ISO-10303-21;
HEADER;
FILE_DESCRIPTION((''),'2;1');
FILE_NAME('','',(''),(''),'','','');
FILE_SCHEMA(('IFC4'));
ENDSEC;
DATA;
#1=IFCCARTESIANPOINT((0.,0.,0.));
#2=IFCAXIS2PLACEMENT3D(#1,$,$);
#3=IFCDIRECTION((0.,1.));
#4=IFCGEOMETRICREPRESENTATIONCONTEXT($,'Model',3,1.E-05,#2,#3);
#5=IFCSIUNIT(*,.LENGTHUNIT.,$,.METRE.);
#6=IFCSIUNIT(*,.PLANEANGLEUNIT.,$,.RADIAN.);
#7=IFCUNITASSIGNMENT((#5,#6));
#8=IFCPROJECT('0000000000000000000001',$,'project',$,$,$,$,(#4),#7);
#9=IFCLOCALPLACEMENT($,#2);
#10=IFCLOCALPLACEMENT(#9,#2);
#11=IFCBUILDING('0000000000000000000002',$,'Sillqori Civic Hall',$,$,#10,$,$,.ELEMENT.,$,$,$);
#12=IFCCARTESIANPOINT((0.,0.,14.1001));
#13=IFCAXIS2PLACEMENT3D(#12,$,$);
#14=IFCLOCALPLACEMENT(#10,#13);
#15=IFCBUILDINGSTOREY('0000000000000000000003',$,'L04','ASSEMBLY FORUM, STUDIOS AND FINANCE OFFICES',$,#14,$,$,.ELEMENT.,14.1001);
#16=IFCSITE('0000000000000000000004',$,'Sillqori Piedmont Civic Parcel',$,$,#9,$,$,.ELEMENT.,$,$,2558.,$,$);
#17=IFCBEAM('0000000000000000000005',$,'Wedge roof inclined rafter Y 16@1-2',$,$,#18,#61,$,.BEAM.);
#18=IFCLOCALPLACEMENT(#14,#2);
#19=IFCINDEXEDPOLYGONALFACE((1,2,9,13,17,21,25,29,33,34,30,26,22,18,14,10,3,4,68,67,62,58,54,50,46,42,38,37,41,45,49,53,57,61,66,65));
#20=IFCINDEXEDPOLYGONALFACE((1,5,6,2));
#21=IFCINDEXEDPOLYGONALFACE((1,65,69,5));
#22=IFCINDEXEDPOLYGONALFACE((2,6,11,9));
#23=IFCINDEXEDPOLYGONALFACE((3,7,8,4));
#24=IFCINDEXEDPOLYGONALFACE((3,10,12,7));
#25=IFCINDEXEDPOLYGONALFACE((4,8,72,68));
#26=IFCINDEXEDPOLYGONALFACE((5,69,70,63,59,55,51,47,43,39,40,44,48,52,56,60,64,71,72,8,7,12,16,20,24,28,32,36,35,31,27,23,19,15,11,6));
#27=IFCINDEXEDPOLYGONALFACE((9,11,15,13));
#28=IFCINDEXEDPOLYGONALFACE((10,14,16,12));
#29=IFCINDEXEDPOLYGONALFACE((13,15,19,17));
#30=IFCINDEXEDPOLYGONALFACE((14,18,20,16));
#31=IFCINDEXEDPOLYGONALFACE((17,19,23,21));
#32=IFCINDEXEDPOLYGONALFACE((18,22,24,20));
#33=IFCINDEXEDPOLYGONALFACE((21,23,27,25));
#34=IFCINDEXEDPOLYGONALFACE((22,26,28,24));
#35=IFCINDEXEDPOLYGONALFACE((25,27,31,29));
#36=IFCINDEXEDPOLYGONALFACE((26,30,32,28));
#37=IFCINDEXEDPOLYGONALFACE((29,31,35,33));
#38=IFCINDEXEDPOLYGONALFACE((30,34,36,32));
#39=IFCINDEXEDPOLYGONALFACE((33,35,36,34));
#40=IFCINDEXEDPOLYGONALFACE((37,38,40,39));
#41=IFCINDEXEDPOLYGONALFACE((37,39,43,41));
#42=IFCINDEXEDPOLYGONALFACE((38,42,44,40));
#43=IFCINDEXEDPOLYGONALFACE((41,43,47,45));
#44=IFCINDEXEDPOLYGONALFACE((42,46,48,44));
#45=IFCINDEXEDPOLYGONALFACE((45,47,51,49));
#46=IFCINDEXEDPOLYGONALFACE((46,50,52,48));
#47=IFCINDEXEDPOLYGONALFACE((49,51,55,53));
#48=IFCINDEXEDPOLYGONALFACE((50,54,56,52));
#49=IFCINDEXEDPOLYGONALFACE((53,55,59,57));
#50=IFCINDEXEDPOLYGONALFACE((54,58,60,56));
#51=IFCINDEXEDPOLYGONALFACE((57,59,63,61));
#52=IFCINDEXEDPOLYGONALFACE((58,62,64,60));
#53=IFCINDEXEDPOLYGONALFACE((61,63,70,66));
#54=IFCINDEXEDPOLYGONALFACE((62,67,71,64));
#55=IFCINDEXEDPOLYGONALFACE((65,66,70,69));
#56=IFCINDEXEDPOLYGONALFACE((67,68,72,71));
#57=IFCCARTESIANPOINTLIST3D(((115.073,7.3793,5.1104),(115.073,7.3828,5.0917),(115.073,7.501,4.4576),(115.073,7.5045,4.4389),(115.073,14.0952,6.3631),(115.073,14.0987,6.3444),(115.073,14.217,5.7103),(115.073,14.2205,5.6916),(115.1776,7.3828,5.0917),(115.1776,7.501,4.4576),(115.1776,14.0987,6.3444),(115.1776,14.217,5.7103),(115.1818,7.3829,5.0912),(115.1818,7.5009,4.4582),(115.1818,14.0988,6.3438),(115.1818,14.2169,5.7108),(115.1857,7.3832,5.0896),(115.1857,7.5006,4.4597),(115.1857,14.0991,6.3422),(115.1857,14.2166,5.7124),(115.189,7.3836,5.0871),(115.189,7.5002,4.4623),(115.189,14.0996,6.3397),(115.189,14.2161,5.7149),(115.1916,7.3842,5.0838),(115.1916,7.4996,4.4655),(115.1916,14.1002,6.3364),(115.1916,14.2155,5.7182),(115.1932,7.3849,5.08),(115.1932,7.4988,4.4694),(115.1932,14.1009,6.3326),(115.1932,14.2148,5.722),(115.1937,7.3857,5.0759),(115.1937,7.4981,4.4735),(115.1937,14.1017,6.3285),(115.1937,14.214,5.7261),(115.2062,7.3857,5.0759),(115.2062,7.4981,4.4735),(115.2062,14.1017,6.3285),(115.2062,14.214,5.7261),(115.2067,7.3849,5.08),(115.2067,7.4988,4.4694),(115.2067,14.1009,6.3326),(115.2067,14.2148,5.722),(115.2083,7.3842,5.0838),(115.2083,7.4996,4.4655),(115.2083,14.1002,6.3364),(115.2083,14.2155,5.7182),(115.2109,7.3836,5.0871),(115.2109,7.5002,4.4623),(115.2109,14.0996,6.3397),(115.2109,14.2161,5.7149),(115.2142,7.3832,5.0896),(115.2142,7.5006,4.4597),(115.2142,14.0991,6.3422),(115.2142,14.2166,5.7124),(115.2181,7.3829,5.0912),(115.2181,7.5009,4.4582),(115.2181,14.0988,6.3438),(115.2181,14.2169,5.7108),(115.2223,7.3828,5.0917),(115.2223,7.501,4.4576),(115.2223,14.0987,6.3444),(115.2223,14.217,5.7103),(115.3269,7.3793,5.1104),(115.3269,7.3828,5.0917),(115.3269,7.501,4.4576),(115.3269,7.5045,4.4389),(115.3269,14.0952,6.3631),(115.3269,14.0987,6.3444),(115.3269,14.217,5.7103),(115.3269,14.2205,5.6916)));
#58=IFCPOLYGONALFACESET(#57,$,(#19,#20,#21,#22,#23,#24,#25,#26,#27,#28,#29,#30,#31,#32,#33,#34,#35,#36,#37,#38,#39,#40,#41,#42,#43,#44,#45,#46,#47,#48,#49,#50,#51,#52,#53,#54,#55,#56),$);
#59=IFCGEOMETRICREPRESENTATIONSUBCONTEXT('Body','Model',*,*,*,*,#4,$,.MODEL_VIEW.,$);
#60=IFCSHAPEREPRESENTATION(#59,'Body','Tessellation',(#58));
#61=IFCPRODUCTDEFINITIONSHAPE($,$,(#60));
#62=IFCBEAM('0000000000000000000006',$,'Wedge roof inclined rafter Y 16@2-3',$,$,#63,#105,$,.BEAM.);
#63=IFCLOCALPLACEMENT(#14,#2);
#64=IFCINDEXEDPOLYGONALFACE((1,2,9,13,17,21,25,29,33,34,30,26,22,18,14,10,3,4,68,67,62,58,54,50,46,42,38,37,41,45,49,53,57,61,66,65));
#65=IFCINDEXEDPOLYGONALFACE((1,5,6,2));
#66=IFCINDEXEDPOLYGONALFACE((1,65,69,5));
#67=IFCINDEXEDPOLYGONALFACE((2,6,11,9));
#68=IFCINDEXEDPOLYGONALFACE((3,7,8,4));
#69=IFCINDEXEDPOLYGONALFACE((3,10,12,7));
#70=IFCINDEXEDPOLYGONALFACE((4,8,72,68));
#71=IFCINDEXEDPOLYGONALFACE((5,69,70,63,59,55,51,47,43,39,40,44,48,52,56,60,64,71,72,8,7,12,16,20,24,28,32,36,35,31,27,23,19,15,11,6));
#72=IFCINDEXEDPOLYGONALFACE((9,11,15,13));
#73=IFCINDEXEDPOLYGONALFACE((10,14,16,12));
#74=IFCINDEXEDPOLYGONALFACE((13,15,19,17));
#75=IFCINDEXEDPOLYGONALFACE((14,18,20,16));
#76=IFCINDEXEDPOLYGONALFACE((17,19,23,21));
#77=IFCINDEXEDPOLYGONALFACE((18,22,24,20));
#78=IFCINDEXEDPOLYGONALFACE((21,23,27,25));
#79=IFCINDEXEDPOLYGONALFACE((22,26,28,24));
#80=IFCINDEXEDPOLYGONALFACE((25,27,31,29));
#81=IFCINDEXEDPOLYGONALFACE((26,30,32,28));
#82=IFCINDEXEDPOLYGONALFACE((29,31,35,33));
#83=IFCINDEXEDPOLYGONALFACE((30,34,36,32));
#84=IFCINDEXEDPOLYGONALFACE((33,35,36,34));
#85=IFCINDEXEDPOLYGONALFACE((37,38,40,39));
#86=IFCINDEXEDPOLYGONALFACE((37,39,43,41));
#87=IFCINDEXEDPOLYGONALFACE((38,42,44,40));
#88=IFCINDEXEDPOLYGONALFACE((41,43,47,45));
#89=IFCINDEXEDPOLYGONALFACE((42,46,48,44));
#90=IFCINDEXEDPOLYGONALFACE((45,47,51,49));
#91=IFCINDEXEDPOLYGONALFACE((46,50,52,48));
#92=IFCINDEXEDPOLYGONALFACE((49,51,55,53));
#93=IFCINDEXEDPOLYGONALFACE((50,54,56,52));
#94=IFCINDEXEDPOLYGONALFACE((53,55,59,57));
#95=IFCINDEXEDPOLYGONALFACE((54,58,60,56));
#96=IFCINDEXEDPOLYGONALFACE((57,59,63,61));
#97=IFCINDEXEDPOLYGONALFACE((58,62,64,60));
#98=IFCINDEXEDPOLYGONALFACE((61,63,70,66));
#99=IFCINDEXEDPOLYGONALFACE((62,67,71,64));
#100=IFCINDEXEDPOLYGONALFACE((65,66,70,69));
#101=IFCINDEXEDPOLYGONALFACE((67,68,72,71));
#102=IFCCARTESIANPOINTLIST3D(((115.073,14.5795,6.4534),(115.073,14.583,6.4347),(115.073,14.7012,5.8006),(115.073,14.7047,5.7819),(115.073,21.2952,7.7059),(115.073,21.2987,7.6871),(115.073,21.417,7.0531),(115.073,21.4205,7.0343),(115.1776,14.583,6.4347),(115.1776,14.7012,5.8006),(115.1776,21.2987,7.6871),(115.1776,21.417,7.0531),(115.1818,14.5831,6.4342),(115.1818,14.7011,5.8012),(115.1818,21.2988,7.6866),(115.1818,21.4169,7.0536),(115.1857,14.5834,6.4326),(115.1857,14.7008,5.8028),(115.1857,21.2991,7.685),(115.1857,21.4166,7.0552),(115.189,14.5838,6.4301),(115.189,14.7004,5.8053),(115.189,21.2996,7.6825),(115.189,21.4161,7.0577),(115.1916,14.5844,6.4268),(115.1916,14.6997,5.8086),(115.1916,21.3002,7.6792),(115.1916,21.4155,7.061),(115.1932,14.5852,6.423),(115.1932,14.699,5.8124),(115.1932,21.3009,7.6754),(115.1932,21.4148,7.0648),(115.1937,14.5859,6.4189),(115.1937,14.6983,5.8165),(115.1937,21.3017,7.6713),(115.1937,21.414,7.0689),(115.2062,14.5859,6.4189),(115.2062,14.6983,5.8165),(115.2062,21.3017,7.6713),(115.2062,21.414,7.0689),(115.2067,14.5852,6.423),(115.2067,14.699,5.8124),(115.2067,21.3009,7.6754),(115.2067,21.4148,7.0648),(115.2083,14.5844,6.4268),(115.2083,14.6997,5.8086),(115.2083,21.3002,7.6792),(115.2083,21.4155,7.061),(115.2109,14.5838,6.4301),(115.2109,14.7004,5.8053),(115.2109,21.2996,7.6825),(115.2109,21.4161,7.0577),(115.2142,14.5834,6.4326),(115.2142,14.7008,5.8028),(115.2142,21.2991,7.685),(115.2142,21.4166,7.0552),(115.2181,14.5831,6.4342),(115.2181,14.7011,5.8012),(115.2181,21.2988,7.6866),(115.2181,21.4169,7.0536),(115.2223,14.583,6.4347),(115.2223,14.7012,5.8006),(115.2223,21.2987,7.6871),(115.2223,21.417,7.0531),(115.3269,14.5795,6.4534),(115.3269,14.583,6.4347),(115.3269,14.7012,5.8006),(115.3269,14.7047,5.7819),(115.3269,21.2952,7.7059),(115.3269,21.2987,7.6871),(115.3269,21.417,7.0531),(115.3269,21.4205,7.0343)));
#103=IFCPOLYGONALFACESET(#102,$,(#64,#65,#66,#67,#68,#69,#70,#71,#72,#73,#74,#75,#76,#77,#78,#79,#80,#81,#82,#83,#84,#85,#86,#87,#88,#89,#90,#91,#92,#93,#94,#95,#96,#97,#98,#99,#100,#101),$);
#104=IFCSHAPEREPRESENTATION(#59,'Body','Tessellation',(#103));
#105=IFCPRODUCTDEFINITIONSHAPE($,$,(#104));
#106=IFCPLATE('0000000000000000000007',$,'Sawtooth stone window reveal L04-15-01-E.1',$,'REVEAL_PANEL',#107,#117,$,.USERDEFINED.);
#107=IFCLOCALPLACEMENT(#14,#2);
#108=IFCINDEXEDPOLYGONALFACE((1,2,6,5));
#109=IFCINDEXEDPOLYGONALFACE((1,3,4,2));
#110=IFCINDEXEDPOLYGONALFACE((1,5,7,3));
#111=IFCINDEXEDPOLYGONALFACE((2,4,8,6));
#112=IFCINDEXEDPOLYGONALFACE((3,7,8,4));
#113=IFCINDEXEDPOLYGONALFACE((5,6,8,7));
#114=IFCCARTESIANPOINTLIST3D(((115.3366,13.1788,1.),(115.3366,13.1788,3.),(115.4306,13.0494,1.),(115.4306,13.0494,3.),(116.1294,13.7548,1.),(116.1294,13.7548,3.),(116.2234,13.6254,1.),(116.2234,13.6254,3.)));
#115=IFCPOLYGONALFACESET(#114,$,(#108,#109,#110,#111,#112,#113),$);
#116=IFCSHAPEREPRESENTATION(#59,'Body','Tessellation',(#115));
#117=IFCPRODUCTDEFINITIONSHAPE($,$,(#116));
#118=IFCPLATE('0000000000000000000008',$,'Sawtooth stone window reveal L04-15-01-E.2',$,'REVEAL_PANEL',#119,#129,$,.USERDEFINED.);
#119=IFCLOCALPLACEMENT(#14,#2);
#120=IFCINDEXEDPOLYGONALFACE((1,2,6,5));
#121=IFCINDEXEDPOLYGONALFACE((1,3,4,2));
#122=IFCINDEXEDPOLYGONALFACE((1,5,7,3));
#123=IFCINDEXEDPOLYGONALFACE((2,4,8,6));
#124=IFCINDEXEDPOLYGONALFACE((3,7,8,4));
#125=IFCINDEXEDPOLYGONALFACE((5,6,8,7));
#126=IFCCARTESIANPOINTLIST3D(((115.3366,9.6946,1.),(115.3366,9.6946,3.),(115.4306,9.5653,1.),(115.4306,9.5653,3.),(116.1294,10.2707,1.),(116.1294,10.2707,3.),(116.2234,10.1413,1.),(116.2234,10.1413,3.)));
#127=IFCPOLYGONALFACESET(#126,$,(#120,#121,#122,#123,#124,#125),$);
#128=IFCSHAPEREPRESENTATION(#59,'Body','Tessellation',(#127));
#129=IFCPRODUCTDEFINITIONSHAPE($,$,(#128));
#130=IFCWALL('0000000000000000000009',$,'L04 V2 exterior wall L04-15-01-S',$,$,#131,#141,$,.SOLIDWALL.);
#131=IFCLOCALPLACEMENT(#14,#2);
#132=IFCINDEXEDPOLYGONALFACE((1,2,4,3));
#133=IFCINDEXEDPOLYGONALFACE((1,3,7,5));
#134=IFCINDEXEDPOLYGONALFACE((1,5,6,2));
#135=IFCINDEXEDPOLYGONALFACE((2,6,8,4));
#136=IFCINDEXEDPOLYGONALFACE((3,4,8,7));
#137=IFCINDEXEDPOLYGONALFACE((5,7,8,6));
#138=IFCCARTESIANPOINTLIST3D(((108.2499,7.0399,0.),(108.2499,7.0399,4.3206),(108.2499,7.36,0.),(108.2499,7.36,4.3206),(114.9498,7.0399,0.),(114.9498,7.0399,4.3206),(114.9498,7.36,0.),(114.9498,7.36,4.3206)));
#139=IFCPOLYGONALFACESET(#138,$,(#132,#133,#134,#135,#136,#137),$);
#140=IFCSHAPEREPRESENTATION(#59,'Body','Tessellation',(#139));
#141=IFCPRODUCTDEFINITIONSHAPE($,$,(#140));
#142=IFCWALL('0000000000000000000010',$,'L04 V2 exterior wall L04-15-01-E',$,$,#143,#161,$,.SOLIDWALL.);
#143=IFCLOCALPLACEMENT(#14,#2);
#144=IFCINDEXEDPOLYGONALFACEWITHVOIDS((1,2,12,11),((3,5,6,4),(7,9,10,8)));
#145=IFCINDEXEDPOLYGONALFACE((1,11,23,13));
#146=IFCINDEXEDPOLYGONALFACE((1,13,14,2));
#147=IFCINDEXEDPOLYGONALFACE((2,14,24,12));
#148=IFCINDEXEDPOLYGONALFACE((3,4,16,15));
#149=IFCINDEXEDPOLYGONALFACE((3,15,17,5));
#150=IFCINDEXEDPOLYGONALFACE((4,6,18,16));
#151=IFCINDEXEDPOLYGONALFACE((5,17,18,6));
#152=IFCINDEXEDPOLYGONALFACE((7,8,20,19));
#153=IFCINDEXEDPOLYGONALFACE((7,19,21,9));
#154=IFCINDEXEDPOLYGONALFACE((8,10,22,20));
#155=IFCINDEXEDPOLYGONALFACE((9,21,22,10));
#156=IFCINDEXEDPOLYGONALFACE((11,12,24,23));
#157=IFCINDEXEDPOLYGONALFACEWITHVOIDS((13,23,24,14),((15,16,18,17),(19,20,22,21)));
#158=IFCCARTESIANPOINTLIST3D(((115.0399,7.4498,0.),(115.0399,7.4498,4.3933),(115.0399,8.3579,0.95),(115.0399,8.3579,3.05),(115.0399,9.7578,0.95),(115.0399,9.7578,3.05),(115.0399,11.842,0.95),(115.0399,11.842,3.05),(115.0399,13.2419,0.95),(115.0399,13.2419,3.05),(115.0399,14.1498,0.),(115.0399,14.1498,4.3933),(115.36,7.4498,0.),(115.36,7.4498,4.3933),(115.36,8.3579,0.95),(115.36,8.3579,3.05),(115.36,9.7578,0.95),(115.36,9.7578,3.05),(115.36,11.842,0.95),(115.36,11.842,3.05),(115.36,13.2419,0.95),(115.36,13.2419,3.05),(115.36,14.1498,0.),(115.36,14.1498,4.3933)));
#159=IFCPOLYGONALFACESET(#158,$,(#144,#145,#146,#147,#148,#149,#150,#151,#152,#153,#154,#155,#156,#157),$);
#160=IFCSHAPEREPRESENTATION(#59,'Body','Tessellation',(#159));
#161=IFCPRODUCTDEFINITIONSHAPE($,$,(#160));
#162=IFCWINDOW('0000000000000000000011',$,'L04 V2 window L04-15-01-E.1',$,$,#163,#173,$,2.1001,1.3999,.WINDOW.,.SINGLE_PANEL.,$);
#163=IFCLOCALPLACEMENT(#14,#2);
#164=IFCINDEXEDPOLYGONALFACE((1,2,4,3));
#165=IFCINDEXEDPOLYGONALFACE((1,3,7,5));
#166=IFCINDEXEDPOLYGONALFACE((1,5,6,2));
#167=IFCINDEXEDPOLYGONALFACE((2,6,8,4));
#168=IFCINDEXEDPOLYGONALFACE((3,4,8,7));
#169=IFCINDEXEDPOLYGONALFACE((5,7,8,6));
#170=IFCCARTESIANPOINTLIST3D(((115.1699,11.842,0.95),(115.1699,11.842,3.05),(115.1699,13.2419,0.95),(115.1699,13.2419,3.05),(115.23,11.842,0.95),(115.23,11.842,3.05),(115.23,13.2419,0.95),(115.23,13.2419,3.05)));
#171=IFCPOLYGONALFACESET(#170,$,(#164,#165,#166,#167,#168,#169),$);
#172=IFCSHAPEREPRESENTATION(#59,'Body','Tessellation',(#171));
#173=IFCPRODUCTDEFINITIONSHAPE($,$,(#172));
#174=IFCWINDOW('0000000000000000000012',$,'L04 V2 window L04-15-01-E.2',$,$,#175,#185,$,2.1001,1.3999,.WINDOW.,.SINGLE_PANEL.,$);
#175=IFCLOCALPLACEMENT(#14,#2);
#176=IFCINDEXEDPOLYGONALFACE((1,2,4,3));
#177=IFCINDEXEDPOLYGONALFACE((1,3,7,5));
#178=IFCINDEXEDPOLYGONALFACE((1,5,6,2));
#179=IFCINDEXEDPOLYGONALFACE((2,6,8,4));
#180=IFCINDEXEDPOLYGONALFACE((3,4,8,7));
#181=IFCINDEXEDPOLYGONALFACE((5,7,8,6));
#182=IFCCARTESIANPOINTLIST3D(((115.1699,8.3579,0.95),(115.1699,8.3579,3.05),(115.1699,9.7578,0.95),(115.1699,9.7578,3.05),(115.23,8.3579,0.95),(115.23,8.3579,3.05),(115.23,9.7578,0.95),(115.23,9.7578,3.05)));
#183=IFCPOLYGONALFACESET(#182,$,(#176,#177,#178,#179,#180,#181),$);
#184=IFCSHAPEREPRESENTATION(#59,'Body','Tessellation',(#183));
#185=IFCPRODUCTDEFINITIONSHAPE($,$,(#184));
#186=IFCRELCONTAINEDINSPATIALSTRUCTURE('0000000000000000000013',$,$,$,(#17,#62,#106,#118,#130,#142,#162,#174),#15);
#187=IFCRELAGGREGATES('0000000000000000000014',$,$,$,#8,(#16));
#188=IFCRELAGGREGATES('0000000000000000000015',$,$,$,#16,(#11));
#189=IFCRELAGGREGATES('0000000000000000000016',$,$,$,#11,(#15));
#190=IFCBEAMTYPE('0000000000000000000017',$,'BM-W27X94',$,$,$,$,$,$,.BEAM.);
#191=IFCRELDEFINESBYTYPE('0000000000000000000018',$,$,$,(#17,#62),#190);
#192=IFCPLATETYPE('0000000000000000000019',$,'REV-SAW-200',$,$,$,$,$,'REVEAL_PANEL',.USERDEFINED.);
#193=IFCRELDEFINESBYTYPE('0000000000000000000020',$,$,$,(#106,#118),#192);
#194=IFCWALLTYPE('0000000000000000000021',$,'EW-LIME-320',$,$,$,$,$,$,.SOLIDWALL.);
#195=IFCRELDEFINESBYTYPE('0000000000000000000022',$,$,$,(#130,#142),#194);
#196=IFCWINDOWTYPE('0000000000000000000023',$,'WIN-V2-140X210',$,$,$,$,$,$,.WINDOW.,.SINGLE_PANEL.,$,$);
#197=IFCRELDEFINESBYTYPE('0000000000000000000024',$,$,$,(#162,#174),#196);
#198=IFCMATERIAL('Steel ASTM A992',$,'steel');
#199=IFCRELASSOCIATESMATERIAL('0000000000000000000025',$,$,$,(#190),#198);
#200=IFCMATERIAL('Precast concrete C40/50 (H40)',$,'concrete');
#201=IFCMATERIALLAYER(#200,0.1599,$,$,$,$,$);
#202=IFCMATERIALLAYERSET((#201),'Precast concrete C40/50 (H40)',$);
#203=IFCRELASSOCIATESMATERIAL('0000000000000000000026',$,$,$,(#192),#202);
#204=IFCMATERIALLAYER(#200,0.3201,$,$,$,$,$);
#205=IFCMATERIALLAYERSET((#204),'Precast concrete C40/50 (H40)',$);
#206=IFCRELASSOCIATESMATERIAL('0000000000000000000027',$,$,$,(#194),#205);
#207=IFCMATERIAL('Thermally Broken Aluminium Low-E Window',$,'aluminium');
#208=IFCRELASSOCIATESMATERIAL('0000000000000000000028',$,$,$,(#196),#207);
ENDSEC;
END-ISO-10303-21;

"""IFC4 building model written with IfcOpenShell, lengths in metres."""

from ifc_helpers import new_model, si_unit, direction, frame, frame_2d, origin, origin_2d, place, context, subcontext, project, spatial, rectangle, i_section, extrude, material, layer, layer_set, material_profile, profile_set, type_object, element, fill, save


model = new_model("IFC4")

# Units and contexts
model_context = context("Model", 3, precision=1e-05, world=origin(), true_north=direction((0.0, 1.0)))
body_context = subcontext(model_context, "Body", "Model", "MODEL_VIEW")
ifc_project = project(units=[si_unit("LENGTHUNIT", "METRE"), si_unit("PLANEANGLEUNIT", "RADIAN")], contexts=[model_context])

# Site, building, storey
site_placement = place(None, origin())
site = spatial("IfcSite", under=ifc_project, at=site_placement, Name="Sillqori Piedmont Civic Parcel", CompositionType="ELEMENT", RefElevation=2558.0)
building_placement = place(site_placement, origin())
building = spatial("IfcBuilding", under=site, at=building_placement, Name="Sillqori Civic Hall", CompositionType="ELEMENT")
storey_placement = place(building_placement, frame((0.0, 0.0, 14.1001)))
storey = spatial("IfcBuildingStorey", under=building, at=storey_placement, Name="L04", Description="ASSEMBLY FORUM, STUDIOS AND FINANCE OFFICES", CompositionType="ELEMENT", Elevation=14.1001)

# Beams
ifc_material_1 = material(Name="Steel ASTM A992", Category="steel")
ifc_material_profile_1 = material_profile(ifc_material_1, i_section(OverallWidth=0.2539, OverallDepth=0.6831, WebThickness=0.0125, FlangeThickness=0.019, FilletRadius=0.0161, at=origin_2d()), Name="W27X94")
ifc_profile_set_1 = profile_set([ifc_material_profile_1], Name="Steel ASTM A992")
beam_type = type_object("IfcBeamType", Name="BM-W27X94", PredefinedType="BEAM", material=ifc_profile_set_1)
beam_1_placement = place(storey_placement, frame((115.2, 7.4419, 4.7747), z_axis=(0.0, 0.983046, 0.183359), x_axis=(-1.0, 0.0, 0.0)))
element("IfcBeam", 1, at=beam_1_placement, inside=storey, type_object=beam_type, Name="Wedge roof inclined rafter Y 16@1-2", PredefinedType="BEAM", context=body_context, shape_type="SweptSolid", body=[
    extrude(i_section(OverallWidth=0.2539, OverallDepth=0.6831, WebThickness=0.0125, FlangeThickness=0.019, FilletRadius=0.0161, at=origin_2d()), origin(), (0.0, 0.0, 1.0), 6.8318),
])
beam_2_placement = place(storey_placement, frame((115.2, 14.6421, 6.1177), z_axis=(0.0, 0.983051, 0.18333), x_axis=(-1.0, 0.0, 0.0)))
element("IfcBeam", 2, at=beam_2_placement, inside=storey, type_object=beam_type, Name="Wedge roof inclined rafter Y 16@2-3", PredefinedType="BEAM", context=body_context, shape_type="SweptSolid", body=[
    extrude(i_section(OverallWidth=0.2539, OverallDepth=0.6831, WebThickness=0.0125, FlangeThickness=0.019, FilletRadius=0.0161, at=origin_2d()), origin(), (0.0, 0.0, 1.0), 6.8315),
])

# Plates
ifc_material_2 = material(Name="Precast concrete C40/50 (H40)", Category="concrete")
ifc_layer_1 = layer(ifc_material_2, 0.1599)
ifc_layer_set_1 = layer_set([ifc_layer_1], Name="Precast concrete C40/50 (H40)")
plate_type = type_object("IfcPlateType", Name="REV-SAW-200", ElementType="REVEAL_PANEL", PredefinedType="USERDEFINED", material=ifc_layer_set_1)
for number, where, z_axis, x_axis, name in (
    (3, (115.78, 13.4021, 1.0), (0.0, 0.0, 1.0), (0.587785, -0.809017, 0.0), "Sawtooth stone window reveal L04-15-01-E.1"),
    (4, (115.78, 9.918, 1.0), (0.0, 0.0, 1.0), (0.587785, -0.809017, 0.0), "Sawtooth stone window reveal L04-15-01-E.2"),
):
    element("IfcPlate", number, at=place(storey_placement, frame(where, z_axis=z_axis, x_axis=x_axis)), inside=storey, type_object=plate_type, Name=name, ObjectType="REVEAL_PANEL", PredefinedType="USERDEFINED", context=body_context, shape_type="SweptSolid", body=[
        extrude(rectangle(XDim=0.1599, YDim=0.98, at=origin_2d()), origin(), (0.0, 0.0, 1.0), 2.0),
    ])

# Wall
ifc_layer_2 = layer(ifc_material_2, 0.3201)
ifc_layer_set_2 = layer_set([ifc_layer_2], Name="Precast concrete C40/50 (H40)")
wall_type_1 = type_object("IfcWallType", Name="EW-LIME-320", PredefinedType="SOLIDWALL", material=ifc_layer_set_2)
wall_1_placement = place(storey_placement, frame((114.95, 7.2, 0.0), z_axis=(0.0, 0.0, 1.0), x_axis=(-1.0, 0.0, 0.0)))
element("IfcWall", 5, at=wall_1_placement, inside=storey, type_object=wall_type_1, Name="L04 V2 exterior wall L04-15-01-S", PredefinedType="SOLIDWALL", context=body_context, shape_type="SweptSolid", body=[
    extrude(rectangle(XDim=6.7, YDim=0.3201, at=frame_2d((3.3501, 0.0))), origin(), (0.0, 0.0, 1.0), 4.3206),
])

# Wall, openings, windows
wall_2_placement = place(storey_placement, frame((115.2, 14.1499, 0.0), z_axis=(0.0, 0.0, 1.0), x_axis=(0.0, -1.0, 0.0)))
wall_2 = element("IfcWall", 6, at=wall_2_placement, inside=storey, type_object=wall_type_1, Name="L04 V2 exterior wall L04-15-01-E", PredefinedType="SOLIDWALL", context=body_context, shape_type="SweptSolid", body=[
    extrude(rectangle(XDim=6.7, YDim=0.3201, at=frame_2d((3.3501, 0.0))), origin(), (0.0, 0.0, 1.0), 4.3933),
])
opening_1_placement = place(wall_2_placement, frame((0.908, 0.0, 0.95)))
opening_1 = element("IfcOpeningElement", 7, at=opening_1_placement, cuts=wall_2, PredefinedType="OPENING", context=body_context, shape_type="SweptSolid", body=[
    extrude(rectangle(XDim=1.3999, YDim=2.1001, at=frame_2d((0.7, 1.05))), frame((0.0, 0.1699, 0.0), z_axis=(0.0, -1.0, 0.0), x_axis=(1.0, 0.0, 0.0)), (0.0, 0.0, 1.0), 0.3401),
])
opening_2_placement = place(wall_2_placement, frame((4.3921, 0.0, 0.95)))
opening_2 = element("IfcOpeningElement", 8, at=opening_2_placement, cuts=wall_2, PredefinedType="OPENING", context=body_context, shape_type="SweptSolid", body=[
    extrude(rectangle(XDim=1.3999, YDim=2.1001, at=frame_2d((0.7, 1.05))), frame((0.0, 0.1699, 0.0), z_axis=(0.0, -1.0, 0.0), x_axis=(1.0, 0.0, 0.0)), (0.0, 0.0, 1.0), 0.3401),
])
ifc_material_3 = material(Name="Thermally Broken Aluminium Low-E Window", Category="aluminium")
window_type_1 = type_object("IfcWindowType", Name="WIN-V2-140X210", PartitioningType="SINGLE_PANEL", PredefinedType="WINDOW", material=ifc_material_3)
window_1_placement = place(opening_1_placement, origin())
window_1 = element("IfcWindow", 9, at=window_1_placement, inside=storey, type_object=window_type_1, Name="L04 V2 window L04-15-01-E.1", OverallHeight=2.1001, OverallWidth=1.3999, PartitioningType="SINGLE_PANEL", PredefinedType="WINDOW", context=body_context, shape_type="SweptSolid", body=[
    extrude(rectangle(XDim=1.3999, YDim=2.1001, at=frame_2d((0.7, 1.05))), frame((0.0, 0.03, 0.0), z_axis=(0.0, -1.0, 0.0), x_axis=(1.0, 0.0, 0.0)), (0.0, 0.0, 1.0), 0.0601),
])
fill(opening_1, window_1)
window_2_placement = place(opening_2_placement, origin())
window_2 = element("IfcWindow", 10, at=window_2_placement, inside=storey, type_object=window_type_1, Name="L04 V2 window L04-15-01-E.2", OverallHeight=2.1001, OverallWidth=1.3999, PartitioningType="SINGLE_PANEL", PredefinedType="WINDOW", context=body_context, shape_type="SweptSolid", body=[
    extrude(rectangle(XDim=1.3999, YDim=2.1001, at=frame_2d((0.7, 1.05))), frame((0.0, 0.03, 0.0), z_axis=(0.0, -1.0, 0.0), x_axis=(1.0, 0.0, 0.0)), (0.0, 0.0, 1.0), 0.0601),
])
fill(opening_2, window_2)

save(model, "model.ifc")
